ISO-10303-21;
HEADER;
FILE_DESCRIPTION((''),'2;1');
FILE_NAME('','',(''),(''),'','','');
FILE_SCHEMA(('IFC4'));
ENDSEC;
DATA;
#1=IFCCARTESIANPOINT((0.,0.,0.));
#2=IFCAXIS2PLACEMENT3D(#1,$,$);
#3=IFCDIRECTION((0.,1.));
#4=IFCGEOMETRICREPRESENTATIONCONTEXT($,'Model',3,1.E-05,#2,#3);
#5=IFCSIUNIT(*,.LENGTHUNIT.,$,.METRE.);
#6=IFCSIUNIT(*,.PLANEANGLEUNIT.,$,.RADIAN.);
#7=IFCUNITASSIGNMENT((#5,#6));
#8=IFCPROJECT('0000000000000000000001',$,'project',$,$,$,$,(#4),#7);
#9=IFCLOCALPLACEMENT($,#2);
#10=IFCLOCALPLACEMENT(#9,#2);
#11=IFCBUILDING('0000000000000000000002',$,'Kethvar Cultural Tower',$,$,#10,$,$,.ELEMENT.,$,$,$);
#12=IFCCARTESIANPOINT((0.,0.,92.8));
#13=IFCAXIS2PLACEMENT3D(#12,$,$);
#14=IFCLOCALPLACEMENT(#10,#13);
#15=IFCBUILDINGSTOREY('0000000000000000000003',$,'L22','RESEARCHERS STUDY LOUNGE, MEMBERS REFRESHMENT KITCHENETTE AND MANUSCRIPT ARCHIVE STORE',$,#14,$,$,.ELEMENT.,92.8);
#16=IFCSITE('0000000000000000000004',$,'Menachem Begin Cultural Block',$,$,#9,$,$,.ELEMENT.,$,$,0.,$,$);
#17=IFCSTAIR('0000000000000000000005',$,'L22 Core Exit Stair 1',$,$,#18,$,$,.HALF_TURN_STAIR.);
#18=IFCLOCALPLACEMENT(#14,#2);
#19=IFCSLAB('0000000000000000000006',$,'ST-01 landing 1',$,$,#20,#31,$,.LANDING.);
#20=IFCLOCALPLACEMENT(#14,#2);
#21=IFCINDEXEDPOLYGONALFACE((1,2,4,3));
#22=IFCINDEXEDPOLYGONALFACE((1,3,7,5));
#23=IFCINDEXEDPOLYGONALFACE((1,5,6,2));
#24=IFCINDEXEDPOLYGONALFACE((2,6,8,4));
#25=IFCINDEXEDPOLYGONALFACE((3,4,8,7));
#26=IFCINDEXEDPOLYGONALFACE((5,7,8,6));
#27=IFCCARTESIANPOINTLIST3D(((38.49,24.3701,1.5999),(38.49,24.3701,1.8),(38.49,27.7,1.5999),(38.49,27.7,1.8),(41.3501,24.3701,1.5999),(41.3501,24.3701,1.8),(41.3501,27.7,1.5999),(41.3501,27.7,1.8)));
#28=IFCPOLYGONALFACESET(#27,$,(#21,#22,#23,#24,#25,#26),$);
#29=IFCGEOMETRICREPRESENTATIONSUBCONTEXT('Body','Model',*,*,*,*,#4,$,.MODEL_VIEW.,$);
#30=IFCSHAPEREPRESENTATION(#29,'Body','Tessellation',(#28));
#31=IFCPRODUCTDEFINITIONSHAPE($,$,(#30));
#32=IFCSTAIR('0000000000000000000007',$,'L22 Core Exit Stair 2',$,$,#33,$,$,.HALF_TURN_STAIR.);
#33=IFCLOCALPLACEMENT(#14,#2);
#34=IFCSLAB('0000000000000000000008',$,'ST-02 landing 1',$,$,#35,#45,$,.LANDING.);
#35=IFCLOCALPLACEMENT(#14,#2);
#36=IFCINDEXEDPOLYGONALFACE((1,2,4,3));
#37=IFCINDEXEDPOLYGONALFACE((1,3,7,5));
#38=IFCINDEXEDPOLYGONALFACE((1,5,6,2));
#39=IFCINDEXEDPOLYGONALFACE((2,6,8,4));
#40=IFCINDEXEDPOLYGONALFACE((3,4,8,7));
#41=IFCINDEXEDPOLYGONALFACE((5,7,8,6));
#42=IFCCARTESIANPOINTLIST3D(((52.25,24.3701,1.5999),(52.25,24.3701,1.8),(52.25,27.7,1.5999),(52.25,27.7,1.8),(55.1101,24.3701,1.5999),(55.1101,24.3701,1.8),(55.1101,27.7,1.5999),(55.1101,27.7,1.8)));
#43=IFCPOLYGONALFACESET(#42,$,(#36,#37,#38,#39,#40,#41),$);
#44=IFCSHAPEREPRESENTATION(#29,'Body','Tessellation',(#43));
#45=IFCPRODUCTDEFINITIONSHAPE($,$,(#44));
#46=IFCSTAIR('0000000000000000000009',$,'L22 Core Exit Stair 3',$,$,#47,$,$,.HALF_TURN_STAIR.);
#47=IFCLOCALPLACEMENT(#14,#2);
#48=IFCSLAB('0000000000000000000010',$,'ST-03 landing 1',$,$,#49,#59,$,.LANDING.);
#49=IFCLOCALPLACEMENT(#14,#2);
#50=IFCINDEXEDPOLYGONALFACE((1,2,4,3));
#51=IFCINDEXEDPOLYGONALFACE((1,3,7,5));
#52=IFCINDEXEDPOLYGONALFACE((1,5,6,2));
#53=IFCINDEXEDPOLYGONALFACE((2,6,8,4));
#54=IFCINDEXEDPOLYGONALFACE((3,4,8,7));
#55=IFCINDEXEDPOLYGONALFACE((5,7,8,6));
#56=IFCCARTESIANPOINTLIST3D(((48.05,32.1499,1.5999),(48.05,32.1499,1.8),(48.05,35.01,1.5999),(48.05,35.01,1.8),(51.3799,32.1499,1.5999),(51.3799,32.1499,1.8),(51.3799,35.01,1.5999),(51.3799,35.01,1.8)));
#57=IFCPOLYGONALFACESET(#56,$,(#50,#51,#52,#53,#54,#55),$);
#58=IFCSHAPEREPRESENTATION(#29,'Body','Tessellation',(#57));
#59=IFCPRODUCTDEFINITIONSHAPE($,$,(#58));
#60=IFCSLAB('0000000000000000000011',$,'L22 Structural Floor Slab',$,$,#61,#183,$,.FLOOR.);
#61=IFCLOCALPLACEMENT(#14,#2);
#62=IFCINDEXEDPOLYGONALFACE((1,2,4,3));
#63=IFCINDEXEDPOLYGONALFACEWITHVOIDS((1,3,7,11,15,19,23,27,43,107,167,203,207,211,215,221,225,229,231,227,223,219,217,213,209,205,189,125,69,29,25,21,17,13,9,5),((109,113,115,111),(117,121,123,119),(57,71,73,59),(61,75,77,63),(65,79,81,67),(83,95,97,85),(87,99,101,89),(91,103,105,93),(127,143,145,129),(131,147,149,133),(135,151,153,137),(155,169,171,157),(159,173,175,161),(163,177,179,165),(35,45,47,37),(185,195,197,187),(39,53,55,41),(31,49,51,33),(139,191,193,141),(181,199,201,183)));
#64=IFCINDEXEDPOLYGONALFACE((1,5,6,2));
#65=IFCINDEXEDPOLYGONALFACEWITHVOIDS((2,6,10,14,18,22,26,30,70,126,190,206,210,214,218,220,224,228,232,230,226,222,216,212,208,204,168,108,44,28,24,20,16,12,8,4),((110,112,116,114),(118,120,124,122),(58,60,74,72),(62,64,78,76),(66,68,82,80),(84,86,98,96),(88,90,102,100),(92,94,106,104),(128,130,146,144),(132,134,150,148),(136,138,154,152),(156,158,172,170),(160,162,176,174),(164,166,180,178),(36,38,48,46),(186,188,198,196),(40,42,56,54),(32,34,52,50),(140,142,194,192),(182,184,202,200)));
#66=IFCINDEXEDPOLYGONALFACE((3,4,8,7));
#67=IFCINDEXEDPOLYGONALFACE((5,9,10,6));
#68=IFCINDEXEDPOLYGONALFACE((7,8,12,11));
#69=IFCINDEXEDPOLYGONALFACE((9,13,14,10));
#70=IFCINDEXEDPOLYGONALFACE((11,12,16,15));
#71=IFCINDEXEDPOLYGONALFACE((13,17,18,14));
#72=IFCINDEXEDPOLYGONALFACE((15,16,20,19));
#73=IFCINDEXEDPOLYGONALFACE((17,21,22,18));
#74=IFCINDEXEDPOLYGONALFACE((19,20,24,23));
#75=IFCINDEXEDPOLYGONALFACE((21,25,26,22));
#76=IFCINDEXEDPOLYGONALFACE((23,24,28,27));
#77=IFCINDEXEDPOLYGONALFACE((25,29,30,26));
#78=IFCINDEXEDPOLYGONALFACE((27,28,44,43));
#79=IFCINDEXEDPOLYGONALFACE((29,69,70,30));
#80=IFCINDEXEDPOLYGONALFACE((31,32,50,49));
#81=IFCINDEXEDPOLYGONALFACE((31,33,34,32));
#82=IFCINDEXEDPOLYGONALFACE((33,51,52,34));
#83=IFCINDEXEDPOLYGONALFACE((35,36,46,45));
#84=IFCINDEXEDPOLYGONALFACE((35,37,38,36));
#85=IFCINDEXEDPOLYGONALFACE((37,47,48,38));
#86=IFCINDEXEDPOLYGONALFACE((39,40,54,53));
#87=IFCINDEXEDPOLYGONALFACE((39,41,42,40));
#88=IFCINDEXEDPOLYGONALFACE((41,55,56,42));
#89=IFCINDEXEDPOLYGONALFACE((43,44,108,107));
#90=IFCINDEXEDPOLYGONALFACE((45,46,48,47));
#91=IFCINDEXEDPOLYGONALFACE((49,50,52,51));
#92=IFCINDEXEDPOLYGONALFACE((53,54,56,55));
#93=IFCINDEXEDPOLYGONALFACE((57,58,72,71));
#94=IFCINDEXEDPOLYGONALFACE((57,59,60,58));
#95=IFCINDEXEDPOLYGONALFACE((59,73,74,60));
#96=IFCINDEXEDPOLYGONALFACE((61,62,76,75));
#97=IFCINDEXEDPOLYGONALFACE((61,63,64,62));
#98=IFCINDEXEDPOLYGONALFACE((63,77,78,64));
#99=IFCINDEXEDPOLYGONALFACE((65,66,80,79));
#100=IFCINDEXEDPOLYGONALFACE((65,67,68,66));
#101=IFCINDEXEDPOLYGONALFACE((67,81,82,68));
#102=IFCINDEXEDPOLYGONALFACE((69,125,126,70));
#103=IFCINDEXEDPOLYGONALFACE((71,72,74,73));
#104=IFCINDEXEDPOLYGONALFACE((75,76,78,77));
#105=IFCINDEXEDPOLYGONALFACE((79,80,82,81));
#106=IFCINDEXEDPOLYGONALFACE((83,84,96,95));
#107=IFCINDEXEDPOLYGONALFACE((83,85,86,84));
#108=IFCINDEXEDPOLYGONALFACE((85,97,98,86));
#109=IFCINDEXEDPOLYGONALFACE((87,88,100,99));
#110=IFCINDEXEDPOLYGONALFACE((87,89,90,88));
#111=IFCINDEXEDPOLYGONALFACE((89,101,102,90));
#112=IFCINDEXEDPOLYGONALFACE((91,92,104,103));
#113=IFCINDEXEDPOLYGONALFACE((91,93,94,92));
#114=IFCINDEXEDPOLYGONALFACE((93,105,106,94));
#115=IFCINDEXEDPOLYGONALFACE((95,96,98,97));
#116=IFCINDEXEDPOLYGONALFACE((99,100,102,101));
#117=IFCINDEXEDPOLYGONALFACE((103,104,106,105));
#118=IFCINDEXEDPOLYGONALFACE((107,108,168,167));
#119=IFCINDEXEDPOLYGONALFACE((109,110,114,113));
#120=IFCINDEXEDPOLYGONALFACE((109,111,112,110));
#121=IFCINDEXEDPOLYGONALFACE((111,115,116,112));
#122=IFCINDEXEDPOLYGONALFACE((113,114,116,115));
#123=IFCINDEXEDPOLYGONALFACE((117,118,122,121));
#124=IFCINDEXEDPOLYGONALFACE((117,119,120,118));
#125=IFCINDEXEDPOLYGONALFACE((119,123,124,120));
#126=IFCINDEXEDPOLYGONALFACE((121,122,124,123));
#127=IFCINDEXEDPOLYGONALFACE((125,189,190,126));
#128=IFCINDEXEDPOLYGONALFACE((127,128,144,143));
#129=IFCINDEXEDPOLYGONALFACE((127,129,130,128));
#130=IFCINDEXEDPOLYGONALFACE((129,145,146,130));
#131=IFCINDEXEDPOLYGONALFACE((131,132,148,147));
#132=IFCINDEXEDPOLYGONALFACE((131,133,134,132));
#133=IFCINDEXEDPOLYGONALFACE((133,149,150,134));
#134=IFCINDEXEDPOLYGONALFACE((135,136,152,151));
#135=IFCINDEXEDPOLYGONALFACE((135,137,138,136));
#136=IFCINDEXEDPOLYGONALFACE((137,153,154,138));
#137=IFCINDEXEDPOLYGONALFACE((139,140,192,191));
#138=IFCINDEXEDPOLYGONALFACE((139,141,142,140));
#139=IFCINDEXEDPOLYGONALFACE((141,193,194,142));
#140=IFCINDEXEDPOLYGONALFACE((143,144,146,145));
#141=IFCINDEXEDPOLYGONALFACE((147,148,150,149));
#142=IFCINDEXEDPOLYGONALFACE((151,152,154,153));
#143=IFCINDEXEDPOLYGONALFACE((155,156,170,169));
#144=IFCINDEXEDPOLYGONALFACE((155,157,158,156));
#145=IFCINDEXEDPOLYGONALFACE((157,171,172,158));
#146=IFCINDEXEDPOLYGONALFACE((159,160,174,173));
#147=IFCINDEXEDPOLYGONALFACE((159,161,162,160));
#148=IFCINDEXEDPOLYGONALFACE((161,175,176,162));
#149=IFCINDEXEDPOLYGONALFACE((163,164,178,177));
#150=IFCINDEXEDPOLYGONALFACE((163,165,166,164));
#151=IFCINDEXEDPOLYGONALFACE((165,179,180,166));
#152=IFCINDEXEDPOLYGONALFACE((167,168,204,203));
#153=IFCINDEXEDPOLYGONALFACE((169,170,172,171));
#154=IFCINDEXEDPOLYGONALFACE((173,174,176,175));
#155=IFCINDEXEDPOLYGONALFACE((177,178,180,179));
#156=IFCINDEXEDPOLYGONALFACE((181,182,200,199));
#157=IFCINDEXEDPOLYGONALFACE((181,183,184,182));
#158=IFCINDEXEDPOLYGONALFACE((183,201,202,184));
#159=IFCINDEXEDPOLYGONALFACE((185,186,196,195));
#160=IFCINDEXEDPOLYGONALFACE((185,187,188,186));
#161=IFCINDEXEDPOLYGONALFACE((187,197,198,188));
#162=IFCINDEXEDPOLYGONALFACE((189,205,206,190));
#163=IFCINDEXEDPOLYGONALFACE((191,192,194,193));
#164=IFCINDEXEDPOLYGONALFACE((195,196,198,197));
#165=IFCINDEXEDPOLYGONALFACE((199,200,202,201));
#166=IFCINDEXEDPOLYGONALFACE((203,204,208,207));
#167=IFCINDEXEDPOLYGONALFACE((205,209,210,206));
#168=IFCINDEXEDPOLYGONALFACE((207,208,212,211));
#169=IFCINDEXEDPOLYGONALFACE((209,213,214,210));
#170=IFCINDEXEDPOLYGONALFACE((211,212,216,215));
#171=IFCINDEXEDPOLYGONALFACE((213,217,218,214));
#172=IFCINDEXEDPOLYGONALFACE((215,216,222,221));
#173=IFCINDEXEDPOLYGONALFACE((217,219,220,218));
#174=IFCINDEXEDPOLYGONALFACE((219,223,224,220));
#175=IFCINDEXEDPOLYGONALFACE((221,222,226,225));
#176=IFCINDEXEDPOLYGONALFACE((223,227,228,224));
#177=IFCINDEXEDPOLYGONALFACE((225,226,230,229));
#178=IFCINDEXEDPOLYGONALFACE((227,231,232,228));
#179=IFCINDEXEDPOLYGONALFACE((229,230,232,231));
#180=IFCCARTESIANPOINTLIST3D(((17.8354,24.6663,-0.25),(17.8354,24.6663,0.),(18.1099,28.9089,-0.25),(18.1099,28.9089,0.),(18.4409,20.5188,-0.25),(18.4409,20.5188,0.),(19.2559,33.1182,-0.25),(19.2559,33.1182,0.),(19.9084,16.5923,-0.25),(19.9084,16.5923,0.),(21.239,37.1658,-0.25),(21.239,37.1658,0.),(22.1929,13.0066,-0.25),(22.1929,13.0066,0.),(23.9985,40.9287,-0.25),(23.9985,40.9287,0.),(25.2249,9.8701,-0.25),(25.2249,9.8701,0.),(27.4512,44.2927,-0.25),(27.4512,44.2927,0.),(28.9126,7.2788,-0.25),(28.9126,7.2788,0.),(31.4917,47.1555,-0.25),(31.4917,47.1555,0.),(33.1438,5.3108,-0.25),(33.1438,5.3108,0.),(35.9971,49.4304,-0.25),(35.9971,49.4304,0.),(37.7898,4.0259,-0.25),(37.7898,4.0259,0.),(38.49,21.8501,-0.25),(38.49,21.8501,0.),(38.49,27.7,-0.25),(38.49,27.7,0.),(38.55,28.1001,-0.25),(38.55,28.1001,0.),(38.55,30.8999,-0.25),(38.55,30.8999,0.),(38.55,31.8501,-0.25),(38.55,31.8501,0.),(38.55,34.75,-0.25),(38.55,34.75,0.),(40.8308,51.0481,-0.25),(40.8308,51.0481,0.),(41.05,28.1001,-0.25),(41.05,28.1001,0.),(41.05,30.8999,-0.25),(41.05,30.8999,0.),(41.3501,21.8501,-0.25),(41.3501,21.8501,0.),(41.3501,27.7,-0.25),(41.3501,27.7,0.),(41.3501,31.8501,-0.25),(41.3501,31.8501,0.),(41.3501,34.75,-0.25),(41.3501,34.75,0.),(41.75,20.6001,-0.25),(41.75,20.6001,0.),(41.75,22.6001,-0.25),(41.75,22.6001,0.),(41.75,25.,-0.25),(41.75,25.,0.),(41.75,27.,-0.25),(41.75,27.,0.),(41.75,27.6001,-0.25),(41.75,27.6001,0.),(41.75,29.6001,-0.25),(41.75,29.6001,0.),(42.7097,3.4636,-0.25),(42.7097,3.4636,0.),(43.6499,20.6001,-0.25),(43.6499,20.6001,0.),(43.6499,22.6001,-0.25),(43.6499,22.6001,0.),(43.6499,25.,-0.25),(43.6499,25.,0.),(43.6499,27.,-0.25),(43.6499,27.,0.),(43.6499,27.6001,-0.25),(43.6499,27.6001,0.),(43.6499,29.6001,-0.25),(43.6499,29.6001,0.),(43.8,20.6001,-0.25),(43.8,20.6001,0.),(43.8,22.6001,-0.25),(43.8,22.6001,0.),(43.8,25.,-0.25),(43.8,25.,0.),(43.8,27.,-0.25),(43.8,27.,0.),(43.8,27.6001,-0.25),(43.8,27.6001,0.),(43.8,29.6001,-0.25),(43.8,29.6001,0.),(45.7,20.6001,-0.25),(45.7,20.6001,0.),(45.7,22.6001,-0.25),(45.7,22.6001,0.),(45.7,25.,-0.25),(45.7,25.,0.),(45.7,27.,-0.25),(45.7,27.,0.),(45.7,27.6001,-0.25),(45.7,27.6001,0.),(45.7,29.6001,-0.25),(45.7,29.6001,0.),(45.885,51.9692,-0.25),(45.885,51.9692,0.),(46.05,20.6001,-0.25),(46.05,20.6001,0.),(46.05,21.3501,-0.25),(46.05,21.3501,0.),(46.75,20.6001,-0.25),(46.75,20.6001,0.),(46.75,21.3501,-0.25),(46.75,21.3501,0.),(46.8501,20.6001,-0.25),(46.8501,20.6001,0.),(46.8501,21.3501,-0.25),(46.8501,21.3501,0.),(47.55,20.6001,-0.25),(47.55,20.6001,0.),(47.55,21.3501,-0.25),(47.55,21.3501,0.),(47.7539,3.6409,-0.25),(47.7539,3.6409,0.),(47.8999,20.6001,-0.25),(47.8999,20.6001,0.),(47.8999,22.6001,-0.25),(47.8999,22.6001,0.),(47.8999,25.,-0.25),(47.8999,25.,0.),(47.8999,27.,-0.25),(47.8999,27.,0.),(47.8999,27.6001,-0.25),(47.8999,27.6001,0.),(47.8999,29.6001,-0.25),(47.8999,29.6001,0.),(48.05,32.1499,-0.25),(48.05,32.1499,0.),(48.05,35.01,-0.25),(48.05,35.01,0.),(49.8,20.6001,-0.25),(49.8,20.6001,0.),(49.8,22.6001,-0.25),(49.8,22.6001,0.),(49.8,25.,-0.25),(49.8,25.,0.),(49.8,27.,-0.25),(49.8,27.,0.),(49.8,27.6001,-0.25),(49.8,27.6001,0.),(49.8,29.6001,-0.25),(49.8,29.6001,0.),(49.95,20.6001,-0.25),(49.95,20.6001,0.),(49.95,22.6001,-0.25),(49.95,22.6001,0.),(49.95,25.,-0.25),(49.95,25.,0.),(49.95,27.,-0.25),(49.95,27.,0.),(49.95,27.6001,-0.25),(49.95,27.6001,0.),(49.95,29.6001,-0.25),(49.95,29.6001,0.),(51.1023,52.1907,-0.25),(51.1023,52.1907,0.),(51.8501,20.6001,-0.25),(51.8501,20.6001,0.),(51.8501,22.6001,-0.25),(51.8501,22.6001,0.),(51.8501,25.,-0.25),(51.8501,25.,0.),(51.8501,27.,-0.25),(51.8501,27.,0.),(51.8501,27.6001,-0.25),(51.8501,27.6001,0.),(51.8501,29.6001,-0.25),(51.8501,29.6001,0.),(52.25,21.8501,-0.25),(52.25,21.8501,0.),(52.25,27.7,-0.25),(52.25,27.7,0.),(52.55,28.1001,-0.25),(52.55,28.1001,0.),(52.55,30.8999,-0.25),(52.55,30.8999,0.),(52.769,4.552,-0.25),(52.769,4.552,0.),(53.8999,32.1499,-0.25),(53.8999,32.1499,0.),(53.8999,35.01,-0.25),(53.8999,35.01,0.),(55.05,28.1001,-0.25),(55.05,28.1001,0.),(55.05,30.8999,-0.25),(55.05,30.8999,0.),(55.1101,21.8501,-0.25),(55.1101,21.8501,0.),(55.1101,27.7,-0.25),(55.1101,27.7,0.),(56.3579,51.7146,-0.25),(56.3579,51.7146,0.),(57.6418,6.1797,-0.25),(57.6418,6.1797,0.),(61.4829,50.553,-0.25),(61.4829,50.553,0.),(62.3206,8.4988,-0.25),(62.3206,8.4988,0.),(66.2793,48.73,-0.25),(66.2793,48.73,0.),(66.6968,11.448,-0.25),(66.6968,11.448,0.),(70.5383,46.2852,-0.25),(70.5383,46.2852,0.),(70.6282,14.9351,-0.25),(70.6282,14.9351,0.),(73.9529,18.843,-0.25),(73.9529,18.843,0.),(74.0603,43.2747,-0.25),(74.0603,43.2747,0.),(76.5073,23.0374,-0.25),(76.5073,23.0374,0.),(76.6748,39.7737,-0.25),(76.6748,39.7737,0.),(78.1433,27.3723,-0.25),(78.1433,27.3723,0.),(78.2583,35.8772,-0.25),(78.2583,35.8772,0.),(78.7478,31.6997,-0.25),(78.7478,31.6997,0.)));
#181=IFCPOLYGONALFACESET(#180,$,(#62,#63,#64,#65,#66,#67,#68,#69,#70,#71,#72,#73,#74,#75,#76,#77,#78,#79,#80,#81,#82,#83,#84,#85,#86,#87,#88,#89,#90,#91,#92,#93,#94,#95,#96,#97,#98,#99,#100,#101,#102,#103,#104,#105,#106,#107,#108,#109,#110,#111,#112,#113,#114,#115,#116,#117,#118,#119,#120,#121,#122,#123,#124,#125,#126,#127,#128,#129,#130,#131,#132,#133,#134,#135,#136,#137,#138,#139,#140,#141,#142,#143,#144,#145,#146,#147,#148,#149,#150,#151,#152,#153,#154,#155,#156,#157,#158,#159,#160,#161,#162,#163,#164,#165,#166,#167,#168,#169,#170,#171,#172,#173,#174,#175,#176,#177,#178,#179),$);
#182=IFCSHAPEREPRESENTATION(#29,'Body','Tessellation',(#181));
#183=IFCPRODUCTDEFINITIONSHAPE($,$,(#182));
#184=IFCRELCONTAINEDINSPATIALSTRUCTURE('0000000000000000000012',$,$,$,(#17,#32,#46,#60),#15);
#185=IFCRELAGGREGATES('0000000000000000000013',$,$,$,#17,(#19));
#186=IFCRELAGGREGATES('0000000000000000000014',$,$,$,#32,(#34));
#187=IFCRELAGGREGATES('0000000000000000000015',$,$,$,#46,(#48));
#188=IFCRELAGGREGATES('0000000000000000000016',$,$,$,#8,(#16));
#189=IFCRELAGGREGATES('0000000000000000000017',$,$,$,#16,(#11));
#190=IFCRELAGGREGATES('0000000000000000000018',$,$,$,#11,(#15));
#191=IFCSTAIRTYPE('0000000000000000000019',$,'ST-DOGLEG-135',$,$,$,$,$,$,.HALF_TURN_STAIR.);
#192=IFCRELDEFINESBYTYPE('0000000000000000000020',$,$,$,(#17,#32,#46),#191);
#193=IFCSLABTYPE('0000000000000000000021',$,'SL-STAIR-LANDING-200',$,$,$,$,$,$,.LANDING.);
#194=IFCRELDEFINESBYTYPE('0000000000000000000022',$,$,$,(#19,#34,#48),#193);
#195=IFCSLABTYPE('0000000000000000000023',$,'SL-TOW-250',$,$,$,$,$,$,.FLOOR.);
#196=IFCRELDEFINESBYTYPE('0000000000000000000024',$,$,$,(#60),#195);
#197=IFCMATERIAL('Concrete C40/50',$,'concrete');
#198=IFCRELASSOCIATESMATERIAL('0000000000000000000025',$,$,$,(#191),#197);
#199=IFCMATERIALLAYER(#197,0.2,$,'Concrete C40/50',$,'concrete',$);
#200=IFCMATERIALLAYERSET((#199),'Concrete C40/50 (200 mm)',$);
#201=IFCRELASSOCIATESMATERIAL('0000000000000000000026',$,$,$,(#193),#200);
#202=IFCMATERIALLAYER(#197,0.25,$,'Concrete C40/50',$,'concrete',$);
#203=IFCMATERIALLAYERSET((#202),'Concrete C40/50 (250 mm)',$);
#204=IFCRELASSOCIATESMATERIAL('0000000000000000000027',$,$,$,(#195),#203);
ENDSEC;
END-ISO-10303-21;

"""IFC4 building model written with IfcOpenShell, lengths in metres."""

from ifc_helpers import new_model, si_unit, direction, frame, origin, place, context, subcontext, project, spatial, polyline, outline, extrude, material, layer, layer_set, type_object, element, aggregate, save


model = new_model("IFC4")

# Units and contexts
model_context = context("Model", 3, precision=1e-05, world=origin(), true_north=direction((0.0, 1.0)))
body_context = subcontext(model_context, "Body", "Model", "MODEL_VIEW")
ifc_project = project(units=[si_unit("LENGTHUNIT", "METRE"), si_unit("PLANEANGLEUNIT", "RADIAN")], contexts=[model_context])

# Site, building, storey
site_placement = place(None, origin())
site = spatial("IfcSite", under=ifc_project, at=site_placement, Name="Menachem Begin Cultural Block", CompositionType="ELEMENT", RefElevation=0.0)
building_placement = place(site_placement, origin())
building = spatial("IfcBuilding", under=site, at=building_placement, Name="Kethvar Cultural Tower", CompositionType="ELEMENT")
storey_placement = place(building_placement, frame((0.0, 0.0, 92.8)))
storey = spatial("IfcBuildingStorey", under=building, at=storey_placement, Name="L22", Description="RESEARCHERS STUDY LOUNGE, MEMBERS REFRESHMENT KITCHENETTE AND MANUSCRIPT ARCHIVE STORE", CompositionType="ELEMENT", Elevation=92.8)

# Stairs, slabs
ifc_material_1 = material(Name="Concrete C40/50", Category="concrete")
stair_type = type_object("IfcStairType", Name="ST-DOGLEG-135", PredefinedType="HALF_TURN_STAIR", material=ifc_material_1)
stair_1_placement = place(storey_placement, origin())
stair_1 = element("IfcStair", 1, at=stair_1_placement, inside=storey, type_object=stair_type, Name="L22 Core Exit Stair 1", PredefinedType="HALF_TURN_STAIR")
ifc_layer_1 = layer(ifc_material_1, 0.2, Name="Concrete C40/50", Category="concrete")
ifc_layer_set_1 = layer_set([ifc_layer_1], Name="Concrete C40/50 (200 mm)")
slab_type_1 = type_object("IfcSlabType", Name="SL-STAIR-LANDING-200", PredefinedType="LANDING", material=ifc_layer_set_1)
slab_1_placement = place(storey_placement, frame((0.0, 0.0, 1.5999)))
slab_1 = element("IfcSlab", 2, at=slab_1_placement, type_object=slab_type_1, Name="ST-01 landing 1", PredefinedType="LANDING", context=body_context, shape_type="SweptSolid", body=[
    extrude(outline(polyline([(41.3501, 24.3701), (41.3501, 27.7), (38.49, 27.7), (38.49, 24.3701), (41.3501, 24.3701)])), origin(), (0.0, 0.0, 1.0), 0.2002),
])
aggregate(stair_1, [slab_1])
stair_2_placement = place(storey_placement, origin())
stair_2 = element("IfcStair", 3, at=stair_2_placement, inside=storey, type_object=stair_type, Name="L22 Core Exit Stair 2", PredefinedType="HALF_TURN_STAIR")
slab_2_placement = place(storey_placement, frame((0.0, 0.0, 1.5999)))
slab_2 = element("IfcSlab", 4, at=slab_2_placement, type_object=slab_type_1, Name="ST-02 landing 1", PredefinedType="LANDING", context=body_context, shape_type="SweptSolid", body=[
    extrude(outline(polyline([(55.1101, 24.3701), (55.1101, 27.7), (52.25, 27.7), (52.25, 24.3701), (55.1101, 24.3701)])), origin(), (0.0, 0.0, 1.0), 0.2002),
])
aggregate(stair_2, [slab_2])
stair_3_placement = place(storey_placement, origin())
stair_3 = element("IfcStair", 5, at=stair_3_placement, inside=storey, type_object=stair_type, Name="L22 Core Exit Stair 3", PredefinedType="HALF_TURN_STAIR")
slab_3_placement = place(storey_placement, frame((0.0, 0.0, 1.5999)))
slab_3 = element("IfcSlab", 6, at=slab_3_placement, type_object=slab_type_1, Name="ST-03 landing 1", PredefinedType="LANDING", context=body_context, shape_type="SweptSolid", body=[
    extrude(outline(polyline([(51.3799, 35.01), (48.05, 35.01), (48.05, 32.1499), (51.3799, 32.1499), (51.3799, 35.01)])), origin(), (0.0, 0.0, 1.0), 0.2002),
])
aggregate(stair_3, [slab_3])

# Slab
ifc_layer_2 = layer(ifc_material_1, 0.25, Name="Concrete C40/50", Category="concrete")
ifc_layer_set_2 = layer_set([ifc_layer_2], Name="Concrete C40/50 (250 mm)")
slab_type_2 = type_object("IfcSlabType", Name="SL-TOW-250", PredefinedType="FLOOR", material=ifc_layer_set_2)
slab_4_placement = place(storey_placement, frame((0.0, 0.0, -0.25)))
element("IfcSlab", 7, at=slab_4_placement, inside=storey, type_object=slab_type_2, Name="L22 Structural Floor Slab", PredefinedType="FLOOR", context=body_context, shape_type="SweptSolid", body=[
    extrude(outline(polyline([(78.2583, 35.8772), (76.6748, 39.7737), (74.0603, 43.2747), (70.5383, 46.2852), (66.2793, 48.73), (61.4829, 50.553), (56.3579, 51.7146), (51.1023, 52.1907), (45.885, 51.9692), (40.8308, 51.0481), (35.9971, 49.4304), (31.4917, 47.1555), (27.4512, 44.2927), (23.9985, 40.9287), (21.239, 37.1658), (19.2559, 33.1182), (18.1099, 28.9089), (17.8354, 24.6663), (18.4409, 20.5188), (19.9084, 16.5923), (22.1929, 13.0066), (25.2249, 9.8701), (28.9126, 7.2788), (33.1438, 5.3108), (37.7898, 4.0259), (42.7097, 3.4636), (47.7539, 3.6409), (52.769, 4.552), (57.6418, 6.1797), (62.3206, 8.4988), (66.6968, 11.448), (70.6282, 14.9351), (73.9529, 18.843), (76.5073, 23.0374), (78.1433, 27.3723), (78.7478, 31.6997), (78.2583, 35.8772)]), holes=[polyline([(38.49, 21.8501), (38.49, 27.7), (41.3501, 27.7), (41.3501, 21.8501), (38.49, 21.8501)]), polyline([(52.25, 21.8501), (52.25, 27.7), (55.1101, 27.7), (55.1101, 21.8501), (52.25, 21.8501)]), polyline([(53.8999, 32.1499), (48.05, 32.1499), (48.05, 35.01), (53.8999, 35.01), (53.8999, 32.1499)]), polyline([(41.75, 22.6001), (43.6499, 22.6001), (43.6499, 20.6001), (41.75, 20.6001), (41.75, 22.6001)]), polyline([(43.8, 22.6001), (45.7, 22.6001), (45.7, 20.6001), (43.8, 20.6001), (43.8, 22.6001)]), polyline([(47.8999, 22.6001), (49.8, 22.6001), (49.8, 20.6001), (47.8999, 20.6001), (47.8999, 22.6001)]), polyline([(49.95, 22.6001), (51.8501, 22.6001), (51.8501, 20.6001), (49.95, 20.6001), (49.95, 22.6001)]), polyline([(41.75, 27.0), (43.6499, 27.0), (43.6499, 25.0), (41.75, 25.0), (41.75, 27.0)]), polyline([(43.8, 27.0), (45.7, 27.0), (45.7, 25.0), (43.8, 25.0), (43.8, 27.0)]), polyline([(47.8999, 27.0), (49.8, 27.0), (49.8, 25.0), (47.8999, 25.0), (47.8999, 27.0)]), polyline([(49.95, 27.0), (51.8501, 27.0), (51.8501, 25.0), (49.95, 25.0), (49.95, 27.0)]), polyline([(41.75, 29.6001), (43.6499, 29.6001), (43.6499, 27.6001), (41.75, 27.6001), (41.75, 29.6001)]), polyline([(43.8, 29.6001), (45.7, 29.6001), (45.7, 27.6001), (43.8, 27.6001), (43.8, 29.6001)]), polyline([(47.8999, 29.6001), (49.8, 29.6001), (49.8, 27.6001), (47.8999, 27.6001), (47.8999, 29.6001)]), polyline([(49.95, 29.6001), (51.8501, 29.6001), (51.8501, 27.6001), (49.95, 27.6001), (49.95, 29.6001)]), polyline([(38.55, 30.8999), (41.05, 30.8999), (41.05, 28.1001), (38.55, 28.1001), (38.55, 30.8999)]), polyline([(52.55, 30.8999), (55.05, 30.8999), (55.05, 28.1001), (52.55, 28.1001), (52.55, 30.8999)]), polyline([(38.55, 34.75), (41.3501, 34.75), (41.3501, 31.8501), (38.55, 31.8501), (38.55, 34.75)]), polyline([(46.05, 21.3501), (46.75, 21.3501), (46.75, 20.6001), (46.05, 20.6001), (46.05, 21.3501)]), polyline([(46.8501, 21.3501), (47.55, 21.3501), (47.55, 20.6001), (46.8501, 20.6001), (46.8501, 21.3501)])]), origin(), (0.0, 0.0, 1.0), 0.25),
])

save(model, "model.ifc")
